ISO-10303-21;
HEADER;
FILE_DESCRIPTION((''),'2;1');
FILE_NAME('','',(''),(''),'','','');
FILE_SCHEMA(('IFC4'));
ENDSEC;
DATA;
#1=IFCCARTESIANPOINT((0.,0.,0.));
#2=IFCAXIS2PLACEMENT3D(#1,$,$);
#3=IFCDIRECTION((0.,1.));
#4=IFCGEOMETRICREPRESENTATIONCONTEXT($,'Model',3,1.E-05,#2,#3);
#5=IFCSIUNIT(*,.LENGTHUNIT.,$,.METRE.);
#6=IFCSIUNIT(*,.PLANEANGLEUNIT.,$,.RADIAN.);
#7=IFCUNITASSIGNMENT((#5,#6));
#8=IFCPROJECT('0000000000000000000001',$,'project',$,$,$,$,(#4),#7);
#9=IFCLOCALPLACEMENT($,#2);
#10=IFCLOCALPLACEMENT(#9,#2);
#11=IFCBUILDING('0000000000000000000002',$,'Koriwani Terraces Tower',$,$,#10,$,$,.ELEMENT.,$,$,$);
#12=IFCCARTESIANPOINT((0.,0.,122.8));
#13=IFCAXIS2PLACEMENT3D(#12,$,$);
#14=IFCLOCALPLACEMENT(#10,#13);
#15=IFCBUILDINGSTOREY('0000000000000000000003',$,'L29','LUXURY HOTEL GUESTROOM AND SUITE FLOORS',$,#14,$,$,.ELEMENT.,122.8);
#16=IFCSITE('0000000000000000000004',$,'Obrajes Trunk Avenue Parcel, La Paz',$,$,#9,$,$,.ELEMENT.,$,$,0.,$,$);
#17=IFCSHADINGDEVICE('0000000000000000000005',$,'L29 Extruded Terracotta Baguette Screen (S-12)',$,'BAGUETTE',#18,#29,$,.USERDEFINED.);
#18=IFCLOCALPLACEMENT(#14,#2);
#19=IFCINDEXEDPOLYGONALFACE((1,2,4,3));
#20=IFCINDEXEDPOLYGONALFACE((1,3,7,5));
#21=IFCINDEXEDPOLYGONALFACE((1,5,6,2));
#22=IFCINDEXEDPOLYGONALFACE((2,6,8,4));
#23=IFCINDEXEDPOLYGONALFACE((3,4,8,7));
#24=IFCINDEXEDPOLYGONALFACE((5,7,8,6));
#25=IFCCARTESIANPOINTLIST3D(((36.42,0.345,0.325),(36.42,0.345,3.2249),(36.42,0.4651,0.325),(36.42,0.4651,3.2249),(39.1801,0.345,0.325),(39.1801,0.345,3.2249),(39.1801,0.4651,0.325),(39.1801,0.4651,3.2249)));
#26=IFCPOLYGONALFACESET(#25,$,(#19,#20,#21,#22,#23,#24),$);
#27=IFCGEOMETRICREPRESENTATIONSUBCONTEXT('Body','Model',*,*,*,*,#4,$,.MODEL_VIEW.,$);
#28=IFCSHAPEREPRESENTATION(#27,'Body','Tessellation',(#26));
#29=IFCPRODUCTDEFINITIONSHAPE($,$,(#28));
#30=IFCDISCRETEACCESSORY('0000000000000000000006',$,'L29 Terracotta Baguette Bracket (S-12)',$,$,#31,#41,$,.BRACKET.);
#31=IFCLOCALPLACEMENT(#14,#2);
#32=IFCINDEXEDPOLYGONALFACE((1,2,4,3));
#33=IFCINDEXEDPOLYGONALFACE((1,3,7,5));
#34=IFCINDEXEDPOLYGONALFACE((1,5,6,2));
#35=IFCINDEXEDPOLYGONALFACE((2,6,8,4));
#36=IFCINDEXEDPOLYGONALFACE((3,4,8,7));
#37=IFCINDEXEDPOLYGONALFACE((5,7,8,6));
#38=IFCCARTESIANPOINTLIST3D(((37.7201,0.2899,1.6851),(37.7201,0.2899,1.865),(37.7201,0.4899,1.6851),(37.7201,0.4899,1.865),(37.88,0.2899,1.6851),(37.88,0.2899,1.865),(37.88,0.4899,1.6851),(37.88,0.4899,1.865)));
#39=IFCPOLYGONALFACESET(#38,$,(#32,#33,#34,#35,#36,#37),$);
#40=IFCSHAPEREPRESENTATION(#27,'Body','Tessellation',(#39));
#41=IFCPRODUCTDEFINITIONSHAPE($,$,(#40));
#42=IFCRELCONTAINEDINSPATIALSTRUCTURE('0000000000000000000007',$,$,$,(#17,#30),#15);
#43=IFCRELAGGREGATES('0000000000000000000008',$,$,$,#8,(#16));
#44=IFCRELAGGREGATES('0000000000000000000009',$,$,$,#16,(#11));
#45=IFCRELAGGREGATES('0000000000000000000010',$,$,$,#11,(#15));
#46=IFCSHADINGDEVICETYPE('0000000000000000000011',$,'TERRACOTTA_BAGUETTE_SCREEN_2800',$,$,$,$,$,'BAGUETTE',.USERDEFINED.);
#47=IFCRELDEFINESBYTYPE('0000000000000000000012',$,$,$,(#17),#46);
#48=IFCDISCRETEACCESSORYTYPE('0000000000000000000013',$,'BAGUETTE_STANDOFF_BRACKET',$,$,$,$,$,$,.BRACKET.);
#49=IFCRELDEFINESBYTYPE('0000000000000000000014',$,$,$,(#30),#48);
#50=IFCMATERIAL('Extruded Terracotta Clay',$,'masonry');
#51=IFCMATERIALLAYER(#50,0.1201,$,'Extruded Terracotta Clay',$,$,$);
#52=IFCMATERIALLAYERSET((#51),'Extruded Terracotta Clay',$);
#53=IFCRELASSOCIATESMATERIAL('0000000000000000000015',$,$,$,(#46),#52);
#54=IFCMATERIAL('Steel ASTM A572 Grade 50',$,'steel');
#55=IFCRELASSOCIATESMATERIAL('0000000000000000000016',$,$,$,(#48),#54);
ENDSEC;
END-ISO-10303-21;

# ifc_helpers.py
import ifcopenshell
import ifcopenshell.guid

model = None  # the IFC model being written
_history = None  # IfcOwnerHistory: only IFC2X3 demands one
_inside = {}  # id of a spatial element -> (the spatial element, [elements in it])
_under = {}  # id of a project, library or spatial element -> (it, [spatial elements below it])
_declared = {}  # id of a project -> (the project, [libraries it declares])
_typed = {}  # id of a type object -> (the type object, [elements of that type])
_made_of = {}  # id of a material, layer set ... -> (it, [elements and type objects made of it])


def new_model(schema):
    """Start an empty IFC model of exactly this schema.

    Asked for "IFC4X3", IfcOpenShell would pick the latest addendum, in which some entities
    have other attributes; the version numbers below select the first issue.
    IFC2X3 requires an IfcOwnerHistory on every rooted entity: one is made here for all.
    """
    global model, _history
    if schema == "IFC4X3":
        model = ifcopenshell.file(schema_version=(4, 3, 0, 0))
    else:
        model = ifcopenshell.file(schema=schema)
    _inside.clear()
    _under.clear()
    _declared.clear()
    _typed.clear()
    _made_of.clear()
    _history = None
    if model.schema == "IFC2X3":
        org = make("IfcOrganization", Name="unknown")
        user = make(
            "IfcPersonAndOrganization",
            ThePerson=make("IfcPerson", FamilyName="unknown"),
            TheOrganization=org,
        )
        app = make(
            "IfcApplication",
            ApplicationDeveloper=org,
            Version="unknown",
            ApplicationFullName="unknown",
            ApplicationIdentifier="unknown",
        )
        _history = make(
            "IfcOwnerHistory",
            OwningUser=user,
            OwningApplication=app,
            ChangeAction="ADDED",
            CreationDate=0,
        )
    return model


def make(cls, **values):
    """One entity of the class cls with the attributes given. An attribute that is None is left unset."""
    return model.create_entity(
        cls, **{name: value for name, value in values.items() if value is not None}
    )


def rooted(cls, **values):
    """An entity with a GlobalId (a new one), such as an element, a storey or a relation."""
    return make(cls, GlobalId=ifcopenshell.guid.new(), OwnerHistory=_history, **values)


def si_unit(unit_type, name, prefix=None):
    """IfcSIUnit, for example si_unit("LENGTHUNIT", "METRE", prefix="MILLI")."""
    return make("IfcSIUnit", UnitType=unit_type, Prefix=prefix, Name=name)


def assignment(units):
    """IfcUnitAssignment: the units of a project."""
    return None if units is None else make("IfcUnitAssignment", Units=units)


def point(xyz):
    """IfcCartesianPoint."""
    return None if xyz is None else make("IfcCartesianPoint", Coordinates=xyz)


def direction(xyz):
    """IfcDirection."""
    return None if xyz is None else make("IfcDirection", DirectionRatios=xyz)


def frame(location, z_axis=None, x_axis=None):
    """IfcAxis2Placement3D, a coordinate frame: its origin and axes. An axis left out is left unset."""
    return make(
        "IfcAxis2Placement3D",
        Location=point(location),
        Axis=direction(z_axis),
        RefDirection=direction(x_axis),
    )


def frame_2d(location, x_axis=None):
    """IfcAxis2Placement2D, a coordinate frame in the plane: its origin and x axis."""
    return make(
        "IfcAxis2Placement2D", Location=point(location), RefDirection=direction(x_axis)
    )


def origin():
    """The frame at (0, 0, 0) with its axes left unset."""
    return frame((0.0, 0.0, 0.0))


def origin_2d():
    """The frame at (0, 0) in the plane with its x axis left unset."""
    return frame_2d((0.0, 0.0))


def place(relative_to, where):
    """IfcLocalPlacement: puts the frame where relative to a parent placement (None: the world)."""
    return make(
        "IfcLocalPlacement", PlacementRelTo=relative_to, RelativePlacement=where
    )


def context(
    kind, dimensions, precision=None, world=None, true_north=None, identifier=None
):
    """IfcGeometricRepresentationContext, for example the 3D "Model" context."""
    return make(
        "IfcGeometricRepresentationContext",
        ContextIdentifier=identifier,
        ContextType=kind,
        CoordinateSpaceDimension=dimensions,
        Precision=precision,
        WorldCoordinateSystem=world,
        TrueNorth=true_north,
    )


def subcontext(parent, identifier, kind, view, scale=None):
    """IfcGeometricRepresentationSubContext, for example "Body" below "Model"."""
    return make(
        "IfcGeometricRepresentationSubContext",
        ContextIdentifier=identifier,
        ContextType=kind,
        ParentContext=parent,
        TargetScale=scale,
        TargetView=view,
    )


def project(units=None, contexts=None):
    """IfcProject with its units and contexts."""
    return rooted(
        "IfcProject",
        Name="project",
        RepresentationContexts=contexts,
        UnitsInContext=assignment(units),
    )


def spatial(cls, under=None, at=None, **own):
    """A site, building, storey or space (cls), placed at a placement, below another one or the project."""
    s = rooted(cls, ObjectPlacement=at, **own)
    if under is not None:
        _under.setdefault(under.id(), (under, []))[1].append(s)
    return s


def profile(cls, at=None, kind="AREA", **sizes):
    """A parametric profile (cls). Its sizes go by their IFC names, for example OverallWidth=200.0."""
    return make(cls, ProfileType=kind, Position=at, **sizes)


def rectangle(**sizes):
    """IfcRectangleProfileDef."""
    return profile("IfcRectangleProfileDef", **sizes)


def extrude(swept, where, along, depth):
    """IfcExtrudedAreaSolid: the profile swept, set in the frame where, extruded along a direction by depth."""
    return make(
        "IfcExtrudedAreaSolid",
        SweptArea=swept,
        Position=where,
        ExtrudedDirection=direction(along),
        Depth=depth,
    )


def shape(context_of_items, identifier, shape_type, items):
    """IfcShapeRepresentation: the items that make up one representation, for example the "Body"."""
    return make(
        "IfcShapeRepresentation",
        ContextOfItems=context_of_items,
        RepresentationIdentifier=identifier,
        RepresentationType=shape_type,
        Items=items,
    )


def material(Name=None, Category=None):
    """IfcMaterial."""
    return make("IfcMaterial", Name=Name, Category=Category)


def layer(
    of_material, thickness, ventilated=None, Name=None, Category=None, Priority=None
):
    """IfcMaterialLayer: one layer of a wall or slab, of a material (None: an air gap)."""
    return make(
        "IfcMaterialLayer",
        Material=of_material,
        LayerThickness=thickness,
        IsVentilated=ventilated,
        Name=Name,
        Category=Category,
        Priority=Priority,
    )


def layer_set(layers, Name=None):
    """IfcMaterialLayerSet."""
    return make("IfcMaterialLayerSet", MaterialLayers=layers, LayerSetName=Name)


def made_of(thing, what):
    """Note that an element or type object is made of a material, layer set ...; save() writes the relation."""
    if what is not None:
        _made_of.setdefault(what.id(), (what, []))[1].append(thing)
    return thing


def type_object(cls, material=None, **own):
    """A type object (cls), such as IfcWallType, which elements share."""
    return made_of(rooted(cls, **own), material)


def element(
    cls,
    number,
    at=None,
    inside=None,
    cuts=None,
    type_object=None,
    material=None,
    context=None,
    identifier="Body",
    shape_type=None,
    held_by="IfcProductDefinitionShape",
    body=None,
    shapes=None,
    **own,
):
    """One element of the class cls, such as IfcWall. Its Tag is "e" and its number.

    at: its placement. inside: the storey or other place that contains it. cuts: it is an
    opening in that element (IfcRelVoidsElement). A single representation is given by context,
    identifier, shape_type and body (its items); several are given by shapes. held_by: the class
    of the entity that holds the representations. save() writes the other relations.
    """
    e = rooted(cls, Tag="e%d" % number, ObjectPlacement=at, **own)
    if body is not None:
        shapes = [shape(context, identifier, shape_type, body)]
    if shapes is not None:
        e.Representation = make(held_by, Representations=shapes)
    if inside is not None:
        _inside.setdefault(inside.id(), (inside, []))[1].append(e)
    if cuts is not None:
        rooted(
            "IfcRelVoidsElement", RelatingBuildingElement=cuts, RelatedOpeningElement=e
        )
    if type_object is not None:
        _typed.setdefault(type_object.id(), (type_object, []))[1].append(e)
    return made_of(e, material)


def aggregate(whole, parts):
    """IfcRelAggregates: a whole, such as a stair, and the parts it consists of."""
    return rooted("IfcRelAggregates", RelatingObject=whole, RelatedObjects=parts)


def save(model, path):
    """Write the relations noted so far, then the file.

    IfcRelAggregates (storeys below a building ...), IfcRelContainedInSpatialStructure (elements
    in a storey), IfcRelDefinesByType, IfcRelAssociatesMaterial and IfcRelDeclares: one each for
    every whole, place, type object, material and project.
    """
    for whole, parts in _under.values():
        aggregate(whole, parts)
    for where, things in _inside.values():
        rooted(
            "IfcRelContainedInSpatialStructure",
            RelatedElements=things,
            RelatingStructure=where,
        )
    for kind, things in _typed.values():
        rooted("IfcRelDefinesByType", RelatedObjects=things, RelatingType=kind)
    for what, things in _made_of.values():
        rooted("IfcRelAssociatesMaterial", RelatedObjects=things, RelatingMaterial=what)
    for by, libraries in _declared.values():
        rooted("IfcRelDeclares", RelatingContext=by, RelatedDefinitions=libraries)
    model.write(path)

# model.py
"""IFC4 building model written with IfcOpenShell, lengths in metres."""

from ifc_helpers import new_model, si_unit, direction, frame, origin, origin_2d, place, context, subcontext, project, spatial, rectangle, extrude, material, layer, layer_set, type_object, element, save


model = new_model("IFC4")

# Units and contexts
model_context = context("Model", 3, precision=1e-05, world=origin(), true_north=direction((0.0, 1.0)))
body_context = subcontext(model_context, "Body", "Model", "MODEL_VIEW")
ifc_project = project(units=[si_unit("LENGTHUNIT", "METRE"), si_unit("PLANEANGLEUNIT", "RADIAN")], contexts=[model_context])

# Site, building, storey
site_placement = place(None, origin())
site = spatial("IfcSite", under=ifc_project, at=site_placement, Name="Obrajes Trunk Avenue Parcel, La Paz", CompositionType="ELEMENT", RefElevation=0.0)
building_placement = place(site_placement, origin())
building = spatial("IfcBuilding", under=site, at=building_placement, Name="Koriwani Terraces Tower", CompositionType="ELEMENT")
storey_placement = place(building_placement, frame((0.0, 0.0, 122.8)))
storey = spatial("IfcBuildingStorey", under=building, at=storey_placement, Name="L29", Description="LUXURY HOTEL GUESTROOM AND SUITE FLOORS", CompositionType="ELEMENT", Elevation=122.8)

# Shared definitions
ifc_material_1 = material(Name="Steel ASTM A572 Grade 50", Category="steel")

# Shading device
ifc_material_2 = material(Name="Extruded Terracotta Clay", Category="masonry")
ifc_layer_1 = layer(ifc_material_2, 0.1201, Name="Extruded Terracotta Clay")
ifc_layer_set_1 = layer_set([ifc_layer_1], Name="Extruded Terracotta Clay")
shading_device_type = type_object("IfcShadingDeviceType", Name="TERRACOTTA_BAGUETTE_SCREEN_2800", ElementType="BAGUETTE", PredefinedType="USERDEFINED", material=ifc_layer_set_1)
shading_device_placement = place(storey_placement, frame((37.8, 0.405, 0.325), z_axis=(0.0, 0.0, 1.0), x_axis=(-1.0, 0.0, 0.0)))
element("IfcShadingDevice", 1, at=shading_device_placement, inside=storey, type_object=shading_device_type, Name="L29 Extruded Terracotta Baguette Screen (S-12)", ObjectType="BAGUETTE", PredefinedType="USERDEFINED", context=body_context, shape_type="SweptSolid", body=[
    extrude(rectangle(XDim=2.76, YDim=0.1201, at=origin_2d()), origin(), (0.0, 0.0, 1.0), 2.8999),
])

# Discrete accessory
discrete_accessory_type = type_object("IfcDiscreteAccessoryType", Name="BAGUETTE_STANDOFF_BRACKET", PredefinedType="BRACKET", material=ifc_material_1)
discrete_accessory_placement = place(storey_placement, frame((37.8, 0.3899, 1.6851), z_axis=(0.0, 0.0, 1.0), x_axis=(-1.0, 0.0, 0.0)))
element("IfcDiscreteAccessory", 2, at=discrete_accessory_placement, inside=storey, type_object=discrete_accessory_type, Name="L29 Terracotta Baguette Bracket (S-12)", PredefinedType="BRACKET", context=body_context, shape_type="SweptSolid", body=[
    extrude(rectangle(XDim=0.1599, YDim=0.2, at=origin_2d()), origin(), (0.0, 0.0, 1.0), 0.1799),
])

save(model, "model.ifc")
